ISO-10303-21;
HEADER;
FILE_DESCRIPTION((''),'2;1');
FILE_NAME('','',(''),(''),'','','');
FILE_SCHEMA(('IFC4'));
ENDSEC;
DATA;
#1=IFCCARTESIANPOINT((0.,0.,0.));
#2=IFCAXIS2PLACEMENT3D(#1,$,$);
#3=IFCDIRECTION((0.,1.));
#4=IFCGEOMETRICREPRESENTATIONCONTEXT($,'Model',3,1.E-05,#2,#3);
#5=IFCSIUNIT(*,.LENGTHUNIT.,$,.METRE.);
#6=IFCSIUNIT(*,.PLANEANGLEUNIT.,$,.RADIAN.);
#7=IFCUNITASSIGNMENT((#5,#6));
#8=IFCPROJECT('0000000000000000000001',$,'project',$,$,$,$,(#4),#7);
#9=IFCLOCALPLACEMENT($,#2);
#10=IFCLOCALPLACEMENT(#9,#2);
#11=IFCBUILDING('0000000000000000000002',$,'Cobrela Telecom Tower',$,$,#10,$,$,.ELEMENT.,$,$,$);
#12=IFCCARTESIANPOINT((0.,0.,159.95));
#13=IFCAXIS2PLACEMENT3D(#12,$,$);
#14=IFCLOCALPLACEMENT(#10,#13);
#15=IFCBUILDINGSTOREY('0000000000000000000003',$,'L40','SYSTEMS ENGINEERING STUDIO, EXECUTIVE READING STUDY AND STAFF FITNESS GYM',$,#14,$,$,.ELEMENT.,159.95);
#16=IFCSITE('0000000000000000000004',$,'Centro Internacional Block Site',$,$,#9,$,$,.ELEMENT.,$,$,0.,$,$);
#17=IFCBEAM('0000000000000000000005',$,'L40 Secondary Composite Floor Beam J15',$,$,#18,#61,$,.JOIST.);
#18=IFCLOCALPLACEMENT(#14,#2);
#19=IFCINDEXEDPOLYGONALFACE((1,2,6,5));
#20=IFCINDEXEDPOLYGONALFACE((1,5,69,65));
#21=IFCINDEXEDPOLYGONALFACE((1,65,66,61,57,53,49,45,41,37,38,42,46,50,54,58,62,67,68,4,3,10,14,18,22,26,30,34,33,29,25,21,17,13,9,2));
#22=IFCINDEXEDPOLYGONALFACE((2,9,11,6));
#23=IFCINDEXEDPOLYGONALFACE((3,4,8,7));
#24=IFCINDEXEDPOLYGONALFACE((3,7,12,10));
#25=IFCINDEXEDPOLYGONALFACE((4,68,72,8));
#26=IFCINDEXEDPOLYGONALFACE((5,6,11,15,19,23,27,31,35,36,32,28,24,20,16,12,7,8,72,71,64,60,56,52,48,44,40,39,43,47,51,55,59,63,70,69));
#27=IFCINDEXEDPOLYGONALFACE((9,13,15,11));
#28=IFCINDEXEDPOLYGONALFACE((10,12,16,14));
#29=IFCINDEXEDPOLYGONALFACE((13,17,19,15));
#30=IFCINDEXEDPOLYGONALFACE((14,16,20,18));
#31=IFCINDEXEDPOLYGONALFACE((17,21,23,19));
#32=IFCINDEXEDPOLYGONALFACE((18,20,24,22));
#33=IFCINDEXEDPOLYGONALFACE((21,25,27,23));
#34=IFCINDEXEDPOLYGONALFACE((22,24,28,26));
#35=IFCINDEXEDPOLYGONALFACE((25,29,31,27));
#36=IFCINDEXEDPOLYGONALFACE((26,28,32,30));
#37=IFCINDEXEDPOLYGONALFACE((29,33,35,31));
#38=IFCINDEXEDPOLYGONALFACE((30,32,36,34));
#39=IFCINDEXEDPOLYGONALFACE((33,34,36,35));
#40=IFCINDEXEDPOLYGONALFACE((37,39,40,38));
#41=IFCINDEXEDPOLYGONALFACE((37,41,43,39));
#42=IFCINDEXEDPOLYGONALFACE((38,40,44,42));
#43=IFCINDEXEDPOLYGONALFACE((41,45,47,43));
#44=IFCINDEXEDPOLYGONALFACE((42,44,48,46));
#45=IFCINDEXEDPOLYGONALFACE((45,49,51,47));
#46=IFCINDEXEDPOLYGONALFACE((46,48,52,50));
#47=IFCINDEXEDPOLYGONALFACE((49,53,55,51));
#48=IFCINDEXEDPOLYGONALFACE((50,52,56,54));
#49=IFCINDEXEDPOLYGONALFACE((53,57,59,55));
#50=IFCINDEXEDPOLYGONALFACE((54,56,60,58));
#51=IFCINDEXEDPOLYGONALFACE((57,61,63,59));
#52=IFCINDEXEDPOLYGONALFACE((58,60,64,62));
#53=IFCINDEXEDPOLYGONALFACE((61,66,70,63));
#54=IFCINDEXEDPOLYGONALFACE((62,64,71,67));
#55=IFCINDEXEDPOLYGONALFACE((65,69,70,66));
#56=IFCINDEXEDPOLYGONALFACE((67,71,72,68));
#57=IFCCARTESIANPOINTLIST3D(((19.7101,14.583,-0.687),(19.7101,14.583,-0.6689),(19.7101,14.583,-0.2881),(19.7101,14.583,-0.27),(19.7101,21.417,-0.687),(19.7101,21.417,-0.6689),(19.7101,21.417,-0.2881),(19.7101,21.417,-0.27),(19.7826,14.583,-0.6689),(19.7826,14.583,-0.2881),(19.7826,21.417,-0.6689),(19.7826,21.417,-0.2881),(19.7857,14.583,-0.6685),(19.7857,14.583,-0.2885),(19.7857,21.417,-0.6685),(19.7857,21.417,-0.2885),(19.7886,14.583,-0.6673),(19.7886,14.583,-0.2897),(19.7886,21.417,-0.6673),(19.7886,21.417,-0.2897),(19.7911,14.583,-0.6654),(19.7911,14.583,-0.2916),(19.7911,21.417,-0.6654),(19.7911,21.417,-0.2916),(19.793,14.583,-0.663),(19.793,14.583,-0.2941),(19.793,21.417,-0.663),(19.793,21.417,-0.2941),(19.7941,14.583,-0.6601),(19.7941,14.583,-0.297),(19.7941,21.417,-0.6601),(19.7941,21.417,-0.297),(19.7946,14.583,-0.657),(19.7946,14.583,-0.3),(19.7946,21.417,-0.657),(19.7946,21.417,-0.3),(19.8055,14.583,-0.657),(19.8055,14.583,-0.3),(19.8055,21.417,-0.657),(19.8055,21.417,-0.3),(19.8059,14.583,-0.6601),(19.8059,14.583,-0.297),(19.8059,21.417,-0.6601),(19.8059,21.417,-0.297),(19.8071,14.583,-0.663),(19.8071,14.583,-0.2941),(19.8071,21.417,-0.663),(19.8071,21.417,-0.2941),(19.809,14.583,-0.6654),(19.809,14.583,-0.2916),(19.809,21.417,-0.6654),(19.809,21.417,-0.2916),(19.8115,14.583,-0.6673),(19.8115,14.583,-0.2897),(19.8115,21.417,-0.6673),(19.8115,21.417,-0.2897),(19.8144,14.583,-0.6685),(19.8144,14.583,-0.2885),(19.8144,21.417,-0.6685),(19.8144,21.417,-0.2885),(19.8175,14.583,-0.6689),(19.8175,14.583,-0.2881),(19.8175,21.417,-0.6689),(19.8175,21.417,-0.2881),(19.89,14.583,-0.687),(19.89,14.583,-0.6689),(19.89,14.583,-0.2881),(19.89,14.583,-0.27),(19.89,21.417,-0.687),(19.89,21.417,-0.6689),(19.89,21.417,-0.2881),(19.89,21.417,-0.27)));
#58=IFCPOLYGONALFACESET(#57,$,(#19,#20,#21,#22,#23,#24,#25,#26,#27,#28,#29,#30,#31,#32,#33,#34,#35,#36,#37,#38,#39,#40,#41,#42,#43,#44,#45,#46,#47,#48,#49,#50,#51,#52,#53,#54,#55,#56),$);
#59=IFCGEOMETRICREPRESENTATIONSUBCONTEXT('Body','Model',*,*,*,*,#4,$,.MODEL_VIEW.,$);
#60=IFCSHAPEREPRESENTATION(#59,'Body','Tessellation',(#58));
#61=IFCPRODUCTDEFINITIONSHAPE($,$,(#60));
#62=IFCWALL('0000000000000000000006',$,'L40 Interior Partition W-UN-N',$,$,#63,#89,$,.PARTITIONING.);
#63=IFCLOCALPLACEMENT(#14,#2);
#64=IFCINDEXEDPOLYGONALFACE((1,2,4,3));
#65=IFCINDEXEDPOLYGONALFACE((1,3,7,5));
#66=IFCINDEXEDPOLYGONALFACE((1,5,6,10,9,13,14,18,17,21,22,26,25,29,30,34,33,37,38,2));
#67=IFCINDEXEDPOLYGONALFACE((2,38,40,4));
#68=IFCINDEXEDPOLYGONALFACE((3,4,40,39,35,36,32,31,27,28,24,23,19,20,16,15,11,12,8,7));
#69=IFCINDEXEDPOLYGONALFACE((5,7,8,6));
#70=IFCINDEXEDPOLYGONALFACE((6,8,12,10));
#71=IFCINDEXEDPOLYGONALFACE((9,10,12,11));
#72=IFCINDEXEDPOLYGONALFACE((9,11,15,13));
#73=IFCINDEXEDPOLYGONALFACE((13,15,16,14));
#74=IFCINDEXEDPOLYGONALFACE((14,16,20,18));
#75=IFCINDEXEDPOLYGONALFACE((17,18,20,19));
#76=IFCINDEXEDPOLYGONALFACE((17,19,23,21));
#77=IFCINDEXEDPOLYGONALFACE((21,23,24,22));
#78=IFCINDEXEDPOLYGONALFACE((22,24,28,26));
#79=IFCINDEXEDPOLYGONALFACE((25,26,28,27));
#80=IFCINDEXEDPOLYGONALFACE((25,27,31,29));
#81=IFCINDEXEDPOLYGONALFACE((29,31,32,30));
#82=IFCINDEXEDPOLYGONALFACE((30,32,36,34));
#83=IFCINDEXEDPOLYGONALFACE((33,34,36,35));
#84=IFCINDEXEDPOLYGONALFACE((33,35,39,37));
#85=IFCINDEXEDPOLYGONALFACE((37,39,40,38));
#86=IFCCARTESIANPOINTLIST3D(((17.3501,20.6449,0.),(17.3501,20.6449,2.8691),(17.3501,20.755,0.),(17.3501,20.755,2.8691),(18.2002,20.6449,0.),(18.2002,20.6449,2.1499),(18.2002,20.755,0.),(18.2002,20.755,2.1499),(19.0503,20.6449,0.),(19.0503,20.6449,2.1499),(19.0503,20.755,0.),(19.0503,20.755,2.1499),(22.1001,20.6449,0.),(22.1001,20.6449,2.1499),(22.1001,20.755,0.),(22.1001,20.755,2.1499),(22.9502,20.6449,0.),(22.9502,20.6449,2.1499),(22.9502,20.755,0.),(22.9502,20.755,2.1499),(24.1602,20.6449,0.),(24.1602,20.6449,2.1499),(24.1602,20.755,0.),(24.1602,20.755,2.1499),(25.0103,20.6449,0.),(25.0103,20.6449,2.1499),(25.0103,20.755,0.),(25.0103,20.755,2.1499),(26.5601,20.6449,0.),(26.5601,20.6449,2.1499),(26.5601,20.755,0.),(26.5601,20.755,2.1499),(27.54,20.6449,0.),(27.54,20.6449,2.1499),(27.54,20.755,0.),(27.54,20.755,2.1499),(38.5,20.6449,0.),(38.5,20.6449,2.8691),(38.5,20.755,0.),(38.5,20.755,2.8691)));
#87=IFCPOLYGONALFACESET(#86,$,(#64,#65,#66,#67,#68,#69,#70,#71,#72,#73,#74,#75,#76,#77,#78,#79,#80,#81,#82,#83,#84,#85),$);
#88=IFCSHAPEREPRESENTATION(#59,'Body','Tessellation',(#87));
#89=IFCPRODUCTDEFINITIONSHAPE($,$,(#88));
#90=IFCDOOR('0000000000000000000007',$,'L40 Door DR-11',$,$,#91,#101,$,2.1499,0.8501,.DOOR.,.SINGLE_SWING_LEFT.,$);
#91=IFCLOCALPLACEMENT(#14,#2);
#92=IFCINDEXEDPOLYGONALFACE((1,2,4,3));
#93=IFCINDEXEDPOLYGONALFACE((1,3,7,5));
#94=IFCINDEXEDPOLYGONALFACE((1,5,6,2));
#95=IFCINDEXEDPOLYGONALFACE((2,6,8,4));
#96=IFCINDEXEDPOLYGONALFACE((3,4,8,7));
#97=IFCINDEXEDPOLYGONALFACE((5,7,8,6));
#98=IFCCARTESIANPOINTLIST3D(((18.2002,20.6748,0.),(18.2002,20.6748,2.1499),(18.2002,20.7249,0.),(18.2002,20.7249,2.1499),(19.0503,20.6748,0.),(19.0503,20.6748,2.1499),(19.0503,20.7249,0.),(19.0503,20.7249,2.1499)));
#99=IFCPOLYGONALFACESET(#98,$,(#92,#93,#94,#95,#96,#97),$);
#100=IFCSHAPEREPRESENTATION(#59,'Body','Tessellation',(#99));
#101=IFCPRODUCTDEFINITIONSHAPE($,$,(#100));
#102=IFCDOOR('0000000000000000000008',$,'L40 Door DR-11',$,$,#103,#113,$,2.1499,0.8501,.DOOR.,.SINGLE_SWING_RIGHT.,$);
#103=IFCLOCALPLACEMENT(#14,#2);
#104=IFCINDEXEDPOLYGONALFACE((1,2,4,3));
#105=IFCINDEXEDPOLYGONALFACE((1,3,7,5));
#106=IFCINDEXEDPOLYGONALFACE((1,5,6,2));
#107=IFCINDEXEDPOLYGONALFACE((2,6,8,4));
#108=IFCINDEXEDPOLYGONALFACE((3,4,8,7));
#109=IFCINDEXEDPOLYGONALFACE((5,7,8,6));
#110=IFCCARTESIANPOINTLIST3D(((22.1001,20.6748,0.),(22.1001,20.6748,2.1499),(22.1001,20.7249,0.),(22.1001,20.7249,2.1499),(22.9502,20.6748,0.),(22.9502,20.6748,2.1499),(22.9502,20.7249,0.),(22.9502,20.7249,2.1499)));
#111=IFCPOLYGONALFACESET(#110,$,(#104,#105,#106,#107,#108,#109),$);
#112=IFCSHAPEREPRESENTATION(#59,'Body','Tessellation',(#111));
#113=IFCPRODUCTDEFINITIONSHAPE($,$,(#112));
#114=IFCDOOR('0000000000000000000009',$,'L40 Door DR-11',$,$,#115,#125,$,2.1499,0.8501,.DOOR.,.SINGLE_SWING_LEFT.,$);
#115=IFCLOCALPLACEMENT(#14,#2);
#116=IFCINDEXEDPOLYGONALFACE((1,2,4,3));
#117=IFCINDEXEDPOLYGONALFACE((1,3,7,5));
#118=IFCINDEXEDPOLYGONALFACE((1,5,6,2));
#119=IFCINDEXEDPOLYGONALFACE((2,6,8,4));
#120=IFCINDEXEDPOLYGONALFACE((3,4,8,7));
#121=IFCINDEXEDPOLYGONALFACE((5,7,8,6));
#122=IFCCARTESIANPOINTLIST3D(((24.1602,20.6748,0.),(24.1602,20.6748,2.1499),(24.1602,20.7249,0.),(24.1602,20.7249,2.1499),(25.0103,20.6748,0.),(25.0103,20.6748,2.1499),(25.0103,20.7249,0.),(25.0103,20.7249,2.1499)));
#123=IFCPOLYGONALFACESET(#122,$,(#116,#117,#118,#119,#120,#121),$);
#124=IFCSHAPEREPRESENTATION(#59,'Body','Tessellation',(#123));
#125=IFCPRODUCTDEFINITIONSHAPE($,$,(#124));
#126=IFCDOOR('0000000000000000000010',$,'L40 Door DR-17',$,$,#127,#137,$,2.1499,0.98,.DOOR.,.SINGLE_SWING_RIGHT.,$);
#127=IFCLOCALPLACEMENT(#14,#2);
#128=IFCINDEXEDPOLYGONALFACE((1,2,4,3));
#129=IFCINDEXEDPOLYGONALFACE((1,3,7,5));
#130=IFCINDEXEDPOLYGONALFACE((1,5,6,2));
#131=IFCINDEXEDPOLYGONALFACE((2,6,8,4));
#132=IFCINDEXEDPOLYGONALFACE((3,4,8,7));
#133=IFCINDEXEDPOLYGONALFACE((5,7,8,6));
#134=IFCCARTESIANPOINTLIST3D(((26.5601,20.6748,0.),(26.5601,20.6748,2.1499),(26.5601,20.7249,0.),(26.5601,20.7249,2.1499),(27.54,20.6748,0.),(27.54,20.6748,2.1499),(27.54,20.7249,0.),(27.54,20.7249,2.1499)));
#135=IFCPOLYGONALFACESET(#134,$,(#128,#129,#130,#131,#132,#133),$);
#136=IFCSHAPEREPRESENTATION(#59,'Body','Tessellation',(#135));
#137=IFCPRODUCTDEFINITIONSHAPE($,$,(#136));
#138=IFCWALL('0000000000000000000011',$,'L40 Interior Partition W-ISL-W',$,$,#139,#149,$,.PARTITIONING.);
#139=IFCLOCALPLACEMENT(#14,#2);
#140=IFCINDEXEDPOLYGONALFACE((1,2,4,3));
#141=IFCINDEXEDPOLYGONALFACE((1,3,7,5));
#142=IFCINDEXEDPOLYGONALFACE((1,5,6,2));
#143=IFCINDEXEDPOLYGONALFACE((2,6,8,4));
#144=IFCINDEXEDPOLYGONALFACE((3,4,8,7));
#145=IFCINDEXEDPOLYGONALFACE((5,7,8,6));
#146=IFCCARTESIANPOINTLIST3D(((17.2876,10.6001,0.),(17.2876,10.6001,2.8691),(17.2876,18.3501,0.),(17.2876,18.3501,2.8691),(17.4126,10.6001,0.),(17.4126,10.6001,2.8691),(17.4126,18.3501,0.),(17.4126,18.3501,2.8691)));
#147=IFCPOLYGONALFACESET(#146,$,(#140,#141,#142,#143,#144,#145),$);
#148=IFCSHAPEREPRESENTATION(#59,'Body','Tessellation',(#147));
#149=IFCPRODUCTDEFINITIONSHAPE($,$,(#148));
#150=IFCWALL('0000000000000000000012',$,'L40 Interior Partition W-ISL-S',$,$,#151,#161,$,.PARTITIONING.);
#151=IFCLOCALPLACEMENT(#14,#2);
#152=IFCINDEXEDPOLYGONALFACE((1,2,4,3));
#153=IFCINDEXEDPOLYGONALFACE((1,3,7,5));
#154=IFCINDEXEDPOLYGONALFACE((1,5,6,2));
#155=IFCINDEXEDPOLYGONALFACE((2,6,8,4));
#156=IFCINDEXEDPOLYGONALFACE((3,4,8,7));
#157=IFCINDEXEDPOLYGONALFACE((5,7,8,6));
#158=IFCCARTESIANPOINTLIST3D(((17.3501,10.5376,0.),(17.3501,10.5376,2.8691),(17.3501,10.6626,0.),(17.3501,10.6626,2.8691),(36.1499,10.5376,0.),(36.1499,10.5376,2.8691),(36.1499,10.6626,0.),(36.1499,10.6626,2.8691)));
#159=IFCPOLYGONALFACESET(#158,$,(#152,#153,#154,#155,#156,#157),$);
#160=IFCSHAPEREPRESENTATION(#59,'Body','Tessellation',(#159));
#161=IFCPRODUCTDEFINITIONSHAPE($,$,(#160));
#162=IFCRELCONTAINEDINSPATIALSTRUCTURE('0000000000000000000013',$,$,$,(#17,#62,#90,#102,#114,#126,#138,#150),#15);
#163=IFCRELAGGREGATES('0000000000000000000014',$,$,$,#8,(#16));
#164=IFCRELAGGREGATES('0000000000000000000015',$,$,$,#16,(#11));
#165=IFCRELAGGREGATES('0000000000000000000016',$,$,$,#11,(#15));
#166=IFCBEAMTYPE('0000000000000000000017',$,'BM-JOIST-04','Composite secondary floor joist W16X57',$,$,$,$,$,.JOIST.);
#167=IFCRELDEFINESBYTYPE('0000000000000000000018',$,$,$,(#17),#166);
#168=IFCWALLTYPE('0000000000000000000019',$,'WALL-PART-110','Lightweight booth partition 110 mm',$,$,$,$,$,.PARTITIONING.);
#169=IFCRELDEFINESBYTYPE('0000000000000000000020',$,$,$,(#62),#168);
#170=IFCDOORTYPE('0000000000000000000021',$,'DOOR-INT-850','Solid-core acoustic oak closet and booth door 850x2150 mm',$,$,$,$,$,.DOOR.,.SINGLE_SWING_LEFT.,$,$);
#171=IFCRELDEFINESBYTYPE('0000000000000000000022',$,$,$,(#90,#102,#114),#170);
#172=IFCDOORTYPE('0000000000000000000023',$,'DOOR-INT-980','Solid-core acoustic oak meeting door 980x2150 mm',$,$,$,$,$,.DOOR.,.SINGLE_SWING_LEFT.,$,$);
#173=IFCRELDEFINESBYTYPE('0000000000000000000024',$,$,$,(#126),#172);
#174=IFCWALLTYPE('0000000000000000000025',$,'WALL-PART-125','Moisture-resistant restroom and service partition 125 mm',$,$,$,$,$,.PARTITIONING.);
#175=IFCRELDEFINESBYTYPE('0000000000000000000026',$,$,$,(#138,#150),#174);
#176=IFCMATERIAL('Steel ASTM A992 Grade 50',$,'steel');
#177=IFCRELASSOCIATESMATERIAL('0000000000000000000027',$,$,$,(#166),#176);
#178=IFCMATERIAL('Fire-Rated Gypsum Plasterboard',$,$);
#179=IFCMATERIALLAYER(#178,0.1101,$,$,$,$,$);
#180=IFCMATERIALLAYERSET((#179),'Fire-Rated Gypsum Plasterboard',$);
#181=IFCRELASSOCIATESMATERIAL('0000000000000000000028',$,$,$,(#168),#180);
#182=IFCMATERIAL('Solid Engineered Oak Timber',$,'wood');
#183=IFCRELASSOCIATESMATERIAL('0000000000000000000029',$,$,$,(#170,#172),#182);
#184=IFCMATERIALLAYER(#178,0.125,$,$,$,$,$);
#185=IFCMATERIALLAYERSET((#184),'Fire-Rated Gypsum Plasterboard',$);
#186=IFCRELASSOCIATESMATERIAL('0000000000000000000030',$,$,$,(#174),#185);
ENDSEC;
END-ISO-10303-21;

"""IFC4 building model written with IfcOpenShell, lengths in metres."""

from ifc_helpers import new_model, si_unit, direction, frame, frame_2d, origin, origin_2d, place, context, subcontext, project, spatial, rectangle, i_section, extrude, material, layer, layer_set, material_profile, profile_set, type_object, element, fill, save


model = new_model("IFC4")

# Units and contexts
model_context = context("Model", 3, precision=1e-05, world=origin(), true_north=direction((0.0, 1.0)))
body_context = subcontext(model_context, "Body", "Model", "MODEL_VIEW")
ifc_project = project(units=[si_unit("LENGTHUNIT", "METRE"), si_unit("PLANEANGLEUNIT", "RADIAN")], contexts=[model_context])

# Site, building, storey
site_placement = place(None, origin())
site = spatial("IfcSite", under=ifc_project, at=site_placement, Name="Centro Internacional Block Site", CompositionType="ELEMENT", RefElevation=0.0)
building_placement = place(site_placement, origin())
building = spatial("IfcBuilding", under=site, at=building_placement, Name="Cobrela Telecom Tower", CompositionType="ELEMENT")
storey_placement = place(building_placement, frame((0.0, 0.0, 159.95)))
storey = spatial("IfcBuildingStorey", under=building, at=storey_placement, Name="L40", Description="SYSTEMS ENGINEERING STUDIO, EXECUTIVE READING STUDY AND STAFF FITNESS GYM", CompositionType="ELEMENT", Elevation=159.95)

# Beam
ifc_material_1 = material(Name="Steel ASTM A992 Grade 50", Category="steel")
ifc_material_profile_1 = material_profile(ifc_material_1, i_section(OverallWidth=0.1799, OverallDepth=0.417, WebThickness=0.011, FlangeThickness=0.0181, FilletRadius=0.012, at=origin_2d()), Name="W16X57")
ifc_profile_set_1 = profile_set([ifc_material_profile_1], Name="Steel ASTM A992 Grade 50")
beam_type_1 = type_object("IfcBeamType", Name="BM-JOIST-04", Description="Composite secondary floor joist W16X57", PredefinedType="JOIST", material=ifc_profile_set_1)
for number, where, z_axis, x_axis, name in (
    (1, (19.8, 14.583, -0.4785), (0.0, 1.0, 0.0), (-1.0, 0.0, 0.0), "L40 Secondary Composite Floor Beam J15"),
):
    element("IfcBeam", number, at=place(storey_placement, frame(where, z_axis=z_axis, x_axis=x_axis)), inside=storey, type_object=beam_type_1, Name=name, PredefinedType="JOIST", context=body_context, shape_type="SweptSolid", body=[
        extrude(i_section(OverallWidth=0.1799, OverallDepth=0.417, WebThickness=0.011, FlangeThickness=0.0181, FilletRadius=0.012, at=origin_2d()), origin(), (0.0, 0.0, 1.0), 6.834),
    ])

# Wall, openings, doors
ifc_material_2 = material(Name="Fire-Rated Gypsum Plasterboard")
ifc_layer_1 = layer(ifc_material_2, 0.1101)
ifc_layer_set_1 = layer_set([ifc_layer_1], Name="Fire-Rated Gypsum Plasterboard")
wall_type_1 = type_object("IfcWallType", Name="WALL-PART-110", Description="Lightweight booth partition 110 mm", PredefinedType="PARTITIONING", material=ifc_layer_set_1)
wall_1_placement = place(storey_placement, frame((17.3501, 20.7, 0.0), z_axis=(0.0, 0.0, 1.0), x_axis=(1.0, 0.0, 0.0)))
wall_1 = element("IfcWall", 2, at=wall_1_placement, inside=storey, type_object=wall_type_1, Name="L40 Interior Partition W-UN-N", PredefinedType="PARTITIONING", context=body_context, shape_type="SweptSolid", body=[
    extrude(rectangle(XDim=21.1499, YDim=0.1101, at=frame_2d((10.575, 0.0))), origin(), (0.0, 0.0, 1.0), 2.8691),
])
opening_1_placement = place(wall_1_placement, frame((0.8501, 0.0, 0.0)))
opening_1 = element("IfcOpeningElement", 3, at=opening_1_placement, cuts=wall_1, PredefinedType="OPENING", context=body_context, shape_type="SweptSolid", body=[
    extrude(rectangle(XDim=0.8501, YDim=2.1499, at=frame_2d((0.425, 1.075))), frame((0.0, 0.0669, 0.0), z_axis=(0.0, -1.0, 0.0), x_axis=(1.0, 0.0, 0.0)), (0.0, 0.0, 1.0), 0.134),
])
opening_2_placement = place(wall_1_placement, frame((4.75, 0.0, 0.0)))
opening_2 = element("IfcOpeningElement", 4, at=opening_2_placement, cuts=wall_1, PredefinedType="OPENING", context=body_context, shape_type="SweptSolid", body=[
    extrude(rectangle(XDim=0.8501, YDim=2.1499, at=frame_2d((0.425, 1.075))), frame((0.0, 0.0669, 0.0), z_axis=(0.0, -1.0, 0.0), x_axis=(1.0, 0.0, 0.0)), (0.0, 0.0, 1.0), 0.134),
])
opening_3_placement = place(wall_1_placement, frame((6.8101, 0.0, 0.0)))
opening_3 = element("IfcOpeningElement", 5, at=opening_3_placement, cuts=wall_1, PredefinedType="OPENING", context=body_context, shape_type="SweptSolid", body=[
    extrude(rectangle(XDim=0.8501, YDim=2.1499, at=frame_2d((0.425, 1.075))), frame((0.0, 0.0669, 0.0), z_axis=(0.0, -1.0, 0.0), x_axis=(1.0, 0.0, 0.0)), (0.0, 0.0, 1.0), 0.134),
])
opening_4_placement = place(wall_1_placement, frame((9.21, 0.0, 0.0)))
opening_4 = element("IfcOpeningElement", 6, at=opening_4_placement, cuts=wall_1, PredefinedType="OPENING", context=body_context, shape_type="SweptSolid", body=[
    extrude(rectangle(XDim=0.98, YDim=2.1499, at=frame_2d((0.49, 1.075))), frame((0.0, 0.0669, 0.0), z_axis=(0.0, -1.0, 0.0), x_axis=(1.0, 0.0, 0.0)), (0.0, 0.0, 1.0), 0.134),
])
ifc_material_3 = material(Name="Solid Engineered Oak Timber", Category="wood")
door_type_1 = type_object("IfcDoorType", Name="DOOR-INT-850", Description="Solid-core acoustic oak closet and booth door 850x2150 mm", OperationType="SINGLE_SWING_LEFT", PredefinedType="DOOR", material=ifc_material_3)
door_1_placement = place(opening_1_placement, origin())
door_1 = element("IfcDoor", 7, at=door_1_placement, inside=storey, type_object=door_type_1, Name="L40 Door DR-11", OperationType="SINGLE_SWING_LEFT", OverallHeight=2.1499, OverallWidth=0.8501, PredefinedType="DOOR", context=body_context, shape_type="SweptSolid", body=[
    extrude(rectangle(XDim=0.8501, YDim=2.1499, at=frame_2d((0.425, 1.075))), frame((0.0, 0.0249, 0.0), z_axis=(0.0, -1.0, 0.0), x_axis=(1.0, 0.0, 0.0)), (0.0, 0.0, 1.0), 0.05),
])
fill(opening_1, door_1)
door_2_placement = place(opening_2_placement, origin())
door_2 = element("IfcDoor", 8, at=door_2_placement, inside=storey, type_object=door_type_1, Name="L40 Door DR-11", OperationType="SINGLE_SWING_RIGHT", OverallHeight=2.1499, OverallWidth=0.8501, PredefinedType="DOOR", context=body_context, shape_type="SweptSolid", body=[
    extrude(rectangle(XDim=0.8501, YDim=2.1499, at=frame_2d((0.425, 1.075))), frame((0.0, 0.0249, 0.0), z_axis=(0.0, -1.0, 0.0), x_axis=(1.0, 0.0, 0.0)), (0.0, 0.0, 1.0), 0.05),
])
fill(opening_2, door_2)
door_3_placement = place(opening_3_placement, origin())
door_3 = element("IfcDoor", 9, at=door_3_placement, inside=storey, type_object=door_type_1, Name="L40 Door DR-11", OperationType="SINGLE_SWING_LEFT", OverallHeight=2.1499, OverallWidth=0.8501, PredefinedType="DOOR", context=body_context, shape_type="SweptSolid", body=[
    extrude(rectangle(XDim=0.8501, YDim=2.1499, at=frame_2d((0.425, 1.075))), frame((0.0, 0.0249, 0.0), z_axis=(0.0, -1.0, 0.0), x_axis=(1.0, 0.0, 0.0)), (0.0, 0.0, 1.0), 0.05),
])
fill(opening_3, door_3)
door_type_2 = type_object("IfcDoorType", Name="DOOR-INT-980", Description="Solid-core acoustic oak meeting door 980x2150 mm", OperationType="SINGLE_SWING_LEFT", PredefinedType="DOOR", material=ifc_material_3)
door_4_placement = place(opening_4_placement, origin())
door_4 = element("IfcDoor", 10, at=door_4_placement, inside=storey, type_object=door_type_2, Name="L40 Door DR-17", OperationType="SINGLE_SWING_RIGHT", OverallHeight=2.1499, OverallWidth=0.98, PredefinedType="DOOR", context=body_context, shape_type="SweptSolid", body=[
    extrude(rectangle(XDim=0.98, YDim=2.1499, at=frame_2d((0.49, 1.075))), frame((0.0, 0.0249, 0.0), z_axis=(0.0, -1.0, 0.0), x_axis=(1.0, 0.0, 0.0)), (0.0, 0.0, 1.0), 0.05),
])
fill(opening_4, door_4)

# Walls
ifc_layer_2 = layer(ifc_material_2, 0.125)
ifc_layer_set_2 = layer_set([ifc_layer_2], Name="Fire-Rated Gypsum Plasterboard")
wall_type_2 = type_object("IfcWallType", Name="WALL-PART-125", Description="Moisture-resistant restroom and service partition 125 mm", PredefinedType="PARTITIONING", material=ifc_layer_set_2)
wall_2_placement = place(storey_placement, frame((17.3501, 10.6001, 0.0), z_axis=(0.0, 0.0, 1.0), x_axis=(0.0, 1.0, 0.0)))
element("IfcWall", 11, at=wall_2_placement, inside=storey, type_object=wall_type_2, Name="L40 Interior Partition W-ISL-W", PredefinedType="PARTITIONING", context=body_context, shape_type="SweptSolid", body=[
    extrude(rectangle(XDim=7.75, YDim=0.125, at=frame_2d((3.875, 0.0))), origin(), (0.0, 0.0, 1.0), 2.8691),
])
wall_3_placement = place(storey_placement, frame((17.3501, 10.6001, 0.0), z_axis=(0.0, 0.0, 1.0), x_axis=(1.0, 0.0, 0.0)))
element("IfcWall", 12, at=wall_3_placement, inside=storey, type_object=wall_type_2, Name="L40 Interior Partition W-ISL-S", PredefinedType="PARTITIONING", context=body_context, shape_type="SweptSolid", body=[
    extrude(rectangle(XDim=18.7998, YDim=0.125, at=frame_2d((9.3999, 0.0))), origin(), (0.0, 0.0, 1.0), 2.8691),
])

save(model, "model.ifc")
